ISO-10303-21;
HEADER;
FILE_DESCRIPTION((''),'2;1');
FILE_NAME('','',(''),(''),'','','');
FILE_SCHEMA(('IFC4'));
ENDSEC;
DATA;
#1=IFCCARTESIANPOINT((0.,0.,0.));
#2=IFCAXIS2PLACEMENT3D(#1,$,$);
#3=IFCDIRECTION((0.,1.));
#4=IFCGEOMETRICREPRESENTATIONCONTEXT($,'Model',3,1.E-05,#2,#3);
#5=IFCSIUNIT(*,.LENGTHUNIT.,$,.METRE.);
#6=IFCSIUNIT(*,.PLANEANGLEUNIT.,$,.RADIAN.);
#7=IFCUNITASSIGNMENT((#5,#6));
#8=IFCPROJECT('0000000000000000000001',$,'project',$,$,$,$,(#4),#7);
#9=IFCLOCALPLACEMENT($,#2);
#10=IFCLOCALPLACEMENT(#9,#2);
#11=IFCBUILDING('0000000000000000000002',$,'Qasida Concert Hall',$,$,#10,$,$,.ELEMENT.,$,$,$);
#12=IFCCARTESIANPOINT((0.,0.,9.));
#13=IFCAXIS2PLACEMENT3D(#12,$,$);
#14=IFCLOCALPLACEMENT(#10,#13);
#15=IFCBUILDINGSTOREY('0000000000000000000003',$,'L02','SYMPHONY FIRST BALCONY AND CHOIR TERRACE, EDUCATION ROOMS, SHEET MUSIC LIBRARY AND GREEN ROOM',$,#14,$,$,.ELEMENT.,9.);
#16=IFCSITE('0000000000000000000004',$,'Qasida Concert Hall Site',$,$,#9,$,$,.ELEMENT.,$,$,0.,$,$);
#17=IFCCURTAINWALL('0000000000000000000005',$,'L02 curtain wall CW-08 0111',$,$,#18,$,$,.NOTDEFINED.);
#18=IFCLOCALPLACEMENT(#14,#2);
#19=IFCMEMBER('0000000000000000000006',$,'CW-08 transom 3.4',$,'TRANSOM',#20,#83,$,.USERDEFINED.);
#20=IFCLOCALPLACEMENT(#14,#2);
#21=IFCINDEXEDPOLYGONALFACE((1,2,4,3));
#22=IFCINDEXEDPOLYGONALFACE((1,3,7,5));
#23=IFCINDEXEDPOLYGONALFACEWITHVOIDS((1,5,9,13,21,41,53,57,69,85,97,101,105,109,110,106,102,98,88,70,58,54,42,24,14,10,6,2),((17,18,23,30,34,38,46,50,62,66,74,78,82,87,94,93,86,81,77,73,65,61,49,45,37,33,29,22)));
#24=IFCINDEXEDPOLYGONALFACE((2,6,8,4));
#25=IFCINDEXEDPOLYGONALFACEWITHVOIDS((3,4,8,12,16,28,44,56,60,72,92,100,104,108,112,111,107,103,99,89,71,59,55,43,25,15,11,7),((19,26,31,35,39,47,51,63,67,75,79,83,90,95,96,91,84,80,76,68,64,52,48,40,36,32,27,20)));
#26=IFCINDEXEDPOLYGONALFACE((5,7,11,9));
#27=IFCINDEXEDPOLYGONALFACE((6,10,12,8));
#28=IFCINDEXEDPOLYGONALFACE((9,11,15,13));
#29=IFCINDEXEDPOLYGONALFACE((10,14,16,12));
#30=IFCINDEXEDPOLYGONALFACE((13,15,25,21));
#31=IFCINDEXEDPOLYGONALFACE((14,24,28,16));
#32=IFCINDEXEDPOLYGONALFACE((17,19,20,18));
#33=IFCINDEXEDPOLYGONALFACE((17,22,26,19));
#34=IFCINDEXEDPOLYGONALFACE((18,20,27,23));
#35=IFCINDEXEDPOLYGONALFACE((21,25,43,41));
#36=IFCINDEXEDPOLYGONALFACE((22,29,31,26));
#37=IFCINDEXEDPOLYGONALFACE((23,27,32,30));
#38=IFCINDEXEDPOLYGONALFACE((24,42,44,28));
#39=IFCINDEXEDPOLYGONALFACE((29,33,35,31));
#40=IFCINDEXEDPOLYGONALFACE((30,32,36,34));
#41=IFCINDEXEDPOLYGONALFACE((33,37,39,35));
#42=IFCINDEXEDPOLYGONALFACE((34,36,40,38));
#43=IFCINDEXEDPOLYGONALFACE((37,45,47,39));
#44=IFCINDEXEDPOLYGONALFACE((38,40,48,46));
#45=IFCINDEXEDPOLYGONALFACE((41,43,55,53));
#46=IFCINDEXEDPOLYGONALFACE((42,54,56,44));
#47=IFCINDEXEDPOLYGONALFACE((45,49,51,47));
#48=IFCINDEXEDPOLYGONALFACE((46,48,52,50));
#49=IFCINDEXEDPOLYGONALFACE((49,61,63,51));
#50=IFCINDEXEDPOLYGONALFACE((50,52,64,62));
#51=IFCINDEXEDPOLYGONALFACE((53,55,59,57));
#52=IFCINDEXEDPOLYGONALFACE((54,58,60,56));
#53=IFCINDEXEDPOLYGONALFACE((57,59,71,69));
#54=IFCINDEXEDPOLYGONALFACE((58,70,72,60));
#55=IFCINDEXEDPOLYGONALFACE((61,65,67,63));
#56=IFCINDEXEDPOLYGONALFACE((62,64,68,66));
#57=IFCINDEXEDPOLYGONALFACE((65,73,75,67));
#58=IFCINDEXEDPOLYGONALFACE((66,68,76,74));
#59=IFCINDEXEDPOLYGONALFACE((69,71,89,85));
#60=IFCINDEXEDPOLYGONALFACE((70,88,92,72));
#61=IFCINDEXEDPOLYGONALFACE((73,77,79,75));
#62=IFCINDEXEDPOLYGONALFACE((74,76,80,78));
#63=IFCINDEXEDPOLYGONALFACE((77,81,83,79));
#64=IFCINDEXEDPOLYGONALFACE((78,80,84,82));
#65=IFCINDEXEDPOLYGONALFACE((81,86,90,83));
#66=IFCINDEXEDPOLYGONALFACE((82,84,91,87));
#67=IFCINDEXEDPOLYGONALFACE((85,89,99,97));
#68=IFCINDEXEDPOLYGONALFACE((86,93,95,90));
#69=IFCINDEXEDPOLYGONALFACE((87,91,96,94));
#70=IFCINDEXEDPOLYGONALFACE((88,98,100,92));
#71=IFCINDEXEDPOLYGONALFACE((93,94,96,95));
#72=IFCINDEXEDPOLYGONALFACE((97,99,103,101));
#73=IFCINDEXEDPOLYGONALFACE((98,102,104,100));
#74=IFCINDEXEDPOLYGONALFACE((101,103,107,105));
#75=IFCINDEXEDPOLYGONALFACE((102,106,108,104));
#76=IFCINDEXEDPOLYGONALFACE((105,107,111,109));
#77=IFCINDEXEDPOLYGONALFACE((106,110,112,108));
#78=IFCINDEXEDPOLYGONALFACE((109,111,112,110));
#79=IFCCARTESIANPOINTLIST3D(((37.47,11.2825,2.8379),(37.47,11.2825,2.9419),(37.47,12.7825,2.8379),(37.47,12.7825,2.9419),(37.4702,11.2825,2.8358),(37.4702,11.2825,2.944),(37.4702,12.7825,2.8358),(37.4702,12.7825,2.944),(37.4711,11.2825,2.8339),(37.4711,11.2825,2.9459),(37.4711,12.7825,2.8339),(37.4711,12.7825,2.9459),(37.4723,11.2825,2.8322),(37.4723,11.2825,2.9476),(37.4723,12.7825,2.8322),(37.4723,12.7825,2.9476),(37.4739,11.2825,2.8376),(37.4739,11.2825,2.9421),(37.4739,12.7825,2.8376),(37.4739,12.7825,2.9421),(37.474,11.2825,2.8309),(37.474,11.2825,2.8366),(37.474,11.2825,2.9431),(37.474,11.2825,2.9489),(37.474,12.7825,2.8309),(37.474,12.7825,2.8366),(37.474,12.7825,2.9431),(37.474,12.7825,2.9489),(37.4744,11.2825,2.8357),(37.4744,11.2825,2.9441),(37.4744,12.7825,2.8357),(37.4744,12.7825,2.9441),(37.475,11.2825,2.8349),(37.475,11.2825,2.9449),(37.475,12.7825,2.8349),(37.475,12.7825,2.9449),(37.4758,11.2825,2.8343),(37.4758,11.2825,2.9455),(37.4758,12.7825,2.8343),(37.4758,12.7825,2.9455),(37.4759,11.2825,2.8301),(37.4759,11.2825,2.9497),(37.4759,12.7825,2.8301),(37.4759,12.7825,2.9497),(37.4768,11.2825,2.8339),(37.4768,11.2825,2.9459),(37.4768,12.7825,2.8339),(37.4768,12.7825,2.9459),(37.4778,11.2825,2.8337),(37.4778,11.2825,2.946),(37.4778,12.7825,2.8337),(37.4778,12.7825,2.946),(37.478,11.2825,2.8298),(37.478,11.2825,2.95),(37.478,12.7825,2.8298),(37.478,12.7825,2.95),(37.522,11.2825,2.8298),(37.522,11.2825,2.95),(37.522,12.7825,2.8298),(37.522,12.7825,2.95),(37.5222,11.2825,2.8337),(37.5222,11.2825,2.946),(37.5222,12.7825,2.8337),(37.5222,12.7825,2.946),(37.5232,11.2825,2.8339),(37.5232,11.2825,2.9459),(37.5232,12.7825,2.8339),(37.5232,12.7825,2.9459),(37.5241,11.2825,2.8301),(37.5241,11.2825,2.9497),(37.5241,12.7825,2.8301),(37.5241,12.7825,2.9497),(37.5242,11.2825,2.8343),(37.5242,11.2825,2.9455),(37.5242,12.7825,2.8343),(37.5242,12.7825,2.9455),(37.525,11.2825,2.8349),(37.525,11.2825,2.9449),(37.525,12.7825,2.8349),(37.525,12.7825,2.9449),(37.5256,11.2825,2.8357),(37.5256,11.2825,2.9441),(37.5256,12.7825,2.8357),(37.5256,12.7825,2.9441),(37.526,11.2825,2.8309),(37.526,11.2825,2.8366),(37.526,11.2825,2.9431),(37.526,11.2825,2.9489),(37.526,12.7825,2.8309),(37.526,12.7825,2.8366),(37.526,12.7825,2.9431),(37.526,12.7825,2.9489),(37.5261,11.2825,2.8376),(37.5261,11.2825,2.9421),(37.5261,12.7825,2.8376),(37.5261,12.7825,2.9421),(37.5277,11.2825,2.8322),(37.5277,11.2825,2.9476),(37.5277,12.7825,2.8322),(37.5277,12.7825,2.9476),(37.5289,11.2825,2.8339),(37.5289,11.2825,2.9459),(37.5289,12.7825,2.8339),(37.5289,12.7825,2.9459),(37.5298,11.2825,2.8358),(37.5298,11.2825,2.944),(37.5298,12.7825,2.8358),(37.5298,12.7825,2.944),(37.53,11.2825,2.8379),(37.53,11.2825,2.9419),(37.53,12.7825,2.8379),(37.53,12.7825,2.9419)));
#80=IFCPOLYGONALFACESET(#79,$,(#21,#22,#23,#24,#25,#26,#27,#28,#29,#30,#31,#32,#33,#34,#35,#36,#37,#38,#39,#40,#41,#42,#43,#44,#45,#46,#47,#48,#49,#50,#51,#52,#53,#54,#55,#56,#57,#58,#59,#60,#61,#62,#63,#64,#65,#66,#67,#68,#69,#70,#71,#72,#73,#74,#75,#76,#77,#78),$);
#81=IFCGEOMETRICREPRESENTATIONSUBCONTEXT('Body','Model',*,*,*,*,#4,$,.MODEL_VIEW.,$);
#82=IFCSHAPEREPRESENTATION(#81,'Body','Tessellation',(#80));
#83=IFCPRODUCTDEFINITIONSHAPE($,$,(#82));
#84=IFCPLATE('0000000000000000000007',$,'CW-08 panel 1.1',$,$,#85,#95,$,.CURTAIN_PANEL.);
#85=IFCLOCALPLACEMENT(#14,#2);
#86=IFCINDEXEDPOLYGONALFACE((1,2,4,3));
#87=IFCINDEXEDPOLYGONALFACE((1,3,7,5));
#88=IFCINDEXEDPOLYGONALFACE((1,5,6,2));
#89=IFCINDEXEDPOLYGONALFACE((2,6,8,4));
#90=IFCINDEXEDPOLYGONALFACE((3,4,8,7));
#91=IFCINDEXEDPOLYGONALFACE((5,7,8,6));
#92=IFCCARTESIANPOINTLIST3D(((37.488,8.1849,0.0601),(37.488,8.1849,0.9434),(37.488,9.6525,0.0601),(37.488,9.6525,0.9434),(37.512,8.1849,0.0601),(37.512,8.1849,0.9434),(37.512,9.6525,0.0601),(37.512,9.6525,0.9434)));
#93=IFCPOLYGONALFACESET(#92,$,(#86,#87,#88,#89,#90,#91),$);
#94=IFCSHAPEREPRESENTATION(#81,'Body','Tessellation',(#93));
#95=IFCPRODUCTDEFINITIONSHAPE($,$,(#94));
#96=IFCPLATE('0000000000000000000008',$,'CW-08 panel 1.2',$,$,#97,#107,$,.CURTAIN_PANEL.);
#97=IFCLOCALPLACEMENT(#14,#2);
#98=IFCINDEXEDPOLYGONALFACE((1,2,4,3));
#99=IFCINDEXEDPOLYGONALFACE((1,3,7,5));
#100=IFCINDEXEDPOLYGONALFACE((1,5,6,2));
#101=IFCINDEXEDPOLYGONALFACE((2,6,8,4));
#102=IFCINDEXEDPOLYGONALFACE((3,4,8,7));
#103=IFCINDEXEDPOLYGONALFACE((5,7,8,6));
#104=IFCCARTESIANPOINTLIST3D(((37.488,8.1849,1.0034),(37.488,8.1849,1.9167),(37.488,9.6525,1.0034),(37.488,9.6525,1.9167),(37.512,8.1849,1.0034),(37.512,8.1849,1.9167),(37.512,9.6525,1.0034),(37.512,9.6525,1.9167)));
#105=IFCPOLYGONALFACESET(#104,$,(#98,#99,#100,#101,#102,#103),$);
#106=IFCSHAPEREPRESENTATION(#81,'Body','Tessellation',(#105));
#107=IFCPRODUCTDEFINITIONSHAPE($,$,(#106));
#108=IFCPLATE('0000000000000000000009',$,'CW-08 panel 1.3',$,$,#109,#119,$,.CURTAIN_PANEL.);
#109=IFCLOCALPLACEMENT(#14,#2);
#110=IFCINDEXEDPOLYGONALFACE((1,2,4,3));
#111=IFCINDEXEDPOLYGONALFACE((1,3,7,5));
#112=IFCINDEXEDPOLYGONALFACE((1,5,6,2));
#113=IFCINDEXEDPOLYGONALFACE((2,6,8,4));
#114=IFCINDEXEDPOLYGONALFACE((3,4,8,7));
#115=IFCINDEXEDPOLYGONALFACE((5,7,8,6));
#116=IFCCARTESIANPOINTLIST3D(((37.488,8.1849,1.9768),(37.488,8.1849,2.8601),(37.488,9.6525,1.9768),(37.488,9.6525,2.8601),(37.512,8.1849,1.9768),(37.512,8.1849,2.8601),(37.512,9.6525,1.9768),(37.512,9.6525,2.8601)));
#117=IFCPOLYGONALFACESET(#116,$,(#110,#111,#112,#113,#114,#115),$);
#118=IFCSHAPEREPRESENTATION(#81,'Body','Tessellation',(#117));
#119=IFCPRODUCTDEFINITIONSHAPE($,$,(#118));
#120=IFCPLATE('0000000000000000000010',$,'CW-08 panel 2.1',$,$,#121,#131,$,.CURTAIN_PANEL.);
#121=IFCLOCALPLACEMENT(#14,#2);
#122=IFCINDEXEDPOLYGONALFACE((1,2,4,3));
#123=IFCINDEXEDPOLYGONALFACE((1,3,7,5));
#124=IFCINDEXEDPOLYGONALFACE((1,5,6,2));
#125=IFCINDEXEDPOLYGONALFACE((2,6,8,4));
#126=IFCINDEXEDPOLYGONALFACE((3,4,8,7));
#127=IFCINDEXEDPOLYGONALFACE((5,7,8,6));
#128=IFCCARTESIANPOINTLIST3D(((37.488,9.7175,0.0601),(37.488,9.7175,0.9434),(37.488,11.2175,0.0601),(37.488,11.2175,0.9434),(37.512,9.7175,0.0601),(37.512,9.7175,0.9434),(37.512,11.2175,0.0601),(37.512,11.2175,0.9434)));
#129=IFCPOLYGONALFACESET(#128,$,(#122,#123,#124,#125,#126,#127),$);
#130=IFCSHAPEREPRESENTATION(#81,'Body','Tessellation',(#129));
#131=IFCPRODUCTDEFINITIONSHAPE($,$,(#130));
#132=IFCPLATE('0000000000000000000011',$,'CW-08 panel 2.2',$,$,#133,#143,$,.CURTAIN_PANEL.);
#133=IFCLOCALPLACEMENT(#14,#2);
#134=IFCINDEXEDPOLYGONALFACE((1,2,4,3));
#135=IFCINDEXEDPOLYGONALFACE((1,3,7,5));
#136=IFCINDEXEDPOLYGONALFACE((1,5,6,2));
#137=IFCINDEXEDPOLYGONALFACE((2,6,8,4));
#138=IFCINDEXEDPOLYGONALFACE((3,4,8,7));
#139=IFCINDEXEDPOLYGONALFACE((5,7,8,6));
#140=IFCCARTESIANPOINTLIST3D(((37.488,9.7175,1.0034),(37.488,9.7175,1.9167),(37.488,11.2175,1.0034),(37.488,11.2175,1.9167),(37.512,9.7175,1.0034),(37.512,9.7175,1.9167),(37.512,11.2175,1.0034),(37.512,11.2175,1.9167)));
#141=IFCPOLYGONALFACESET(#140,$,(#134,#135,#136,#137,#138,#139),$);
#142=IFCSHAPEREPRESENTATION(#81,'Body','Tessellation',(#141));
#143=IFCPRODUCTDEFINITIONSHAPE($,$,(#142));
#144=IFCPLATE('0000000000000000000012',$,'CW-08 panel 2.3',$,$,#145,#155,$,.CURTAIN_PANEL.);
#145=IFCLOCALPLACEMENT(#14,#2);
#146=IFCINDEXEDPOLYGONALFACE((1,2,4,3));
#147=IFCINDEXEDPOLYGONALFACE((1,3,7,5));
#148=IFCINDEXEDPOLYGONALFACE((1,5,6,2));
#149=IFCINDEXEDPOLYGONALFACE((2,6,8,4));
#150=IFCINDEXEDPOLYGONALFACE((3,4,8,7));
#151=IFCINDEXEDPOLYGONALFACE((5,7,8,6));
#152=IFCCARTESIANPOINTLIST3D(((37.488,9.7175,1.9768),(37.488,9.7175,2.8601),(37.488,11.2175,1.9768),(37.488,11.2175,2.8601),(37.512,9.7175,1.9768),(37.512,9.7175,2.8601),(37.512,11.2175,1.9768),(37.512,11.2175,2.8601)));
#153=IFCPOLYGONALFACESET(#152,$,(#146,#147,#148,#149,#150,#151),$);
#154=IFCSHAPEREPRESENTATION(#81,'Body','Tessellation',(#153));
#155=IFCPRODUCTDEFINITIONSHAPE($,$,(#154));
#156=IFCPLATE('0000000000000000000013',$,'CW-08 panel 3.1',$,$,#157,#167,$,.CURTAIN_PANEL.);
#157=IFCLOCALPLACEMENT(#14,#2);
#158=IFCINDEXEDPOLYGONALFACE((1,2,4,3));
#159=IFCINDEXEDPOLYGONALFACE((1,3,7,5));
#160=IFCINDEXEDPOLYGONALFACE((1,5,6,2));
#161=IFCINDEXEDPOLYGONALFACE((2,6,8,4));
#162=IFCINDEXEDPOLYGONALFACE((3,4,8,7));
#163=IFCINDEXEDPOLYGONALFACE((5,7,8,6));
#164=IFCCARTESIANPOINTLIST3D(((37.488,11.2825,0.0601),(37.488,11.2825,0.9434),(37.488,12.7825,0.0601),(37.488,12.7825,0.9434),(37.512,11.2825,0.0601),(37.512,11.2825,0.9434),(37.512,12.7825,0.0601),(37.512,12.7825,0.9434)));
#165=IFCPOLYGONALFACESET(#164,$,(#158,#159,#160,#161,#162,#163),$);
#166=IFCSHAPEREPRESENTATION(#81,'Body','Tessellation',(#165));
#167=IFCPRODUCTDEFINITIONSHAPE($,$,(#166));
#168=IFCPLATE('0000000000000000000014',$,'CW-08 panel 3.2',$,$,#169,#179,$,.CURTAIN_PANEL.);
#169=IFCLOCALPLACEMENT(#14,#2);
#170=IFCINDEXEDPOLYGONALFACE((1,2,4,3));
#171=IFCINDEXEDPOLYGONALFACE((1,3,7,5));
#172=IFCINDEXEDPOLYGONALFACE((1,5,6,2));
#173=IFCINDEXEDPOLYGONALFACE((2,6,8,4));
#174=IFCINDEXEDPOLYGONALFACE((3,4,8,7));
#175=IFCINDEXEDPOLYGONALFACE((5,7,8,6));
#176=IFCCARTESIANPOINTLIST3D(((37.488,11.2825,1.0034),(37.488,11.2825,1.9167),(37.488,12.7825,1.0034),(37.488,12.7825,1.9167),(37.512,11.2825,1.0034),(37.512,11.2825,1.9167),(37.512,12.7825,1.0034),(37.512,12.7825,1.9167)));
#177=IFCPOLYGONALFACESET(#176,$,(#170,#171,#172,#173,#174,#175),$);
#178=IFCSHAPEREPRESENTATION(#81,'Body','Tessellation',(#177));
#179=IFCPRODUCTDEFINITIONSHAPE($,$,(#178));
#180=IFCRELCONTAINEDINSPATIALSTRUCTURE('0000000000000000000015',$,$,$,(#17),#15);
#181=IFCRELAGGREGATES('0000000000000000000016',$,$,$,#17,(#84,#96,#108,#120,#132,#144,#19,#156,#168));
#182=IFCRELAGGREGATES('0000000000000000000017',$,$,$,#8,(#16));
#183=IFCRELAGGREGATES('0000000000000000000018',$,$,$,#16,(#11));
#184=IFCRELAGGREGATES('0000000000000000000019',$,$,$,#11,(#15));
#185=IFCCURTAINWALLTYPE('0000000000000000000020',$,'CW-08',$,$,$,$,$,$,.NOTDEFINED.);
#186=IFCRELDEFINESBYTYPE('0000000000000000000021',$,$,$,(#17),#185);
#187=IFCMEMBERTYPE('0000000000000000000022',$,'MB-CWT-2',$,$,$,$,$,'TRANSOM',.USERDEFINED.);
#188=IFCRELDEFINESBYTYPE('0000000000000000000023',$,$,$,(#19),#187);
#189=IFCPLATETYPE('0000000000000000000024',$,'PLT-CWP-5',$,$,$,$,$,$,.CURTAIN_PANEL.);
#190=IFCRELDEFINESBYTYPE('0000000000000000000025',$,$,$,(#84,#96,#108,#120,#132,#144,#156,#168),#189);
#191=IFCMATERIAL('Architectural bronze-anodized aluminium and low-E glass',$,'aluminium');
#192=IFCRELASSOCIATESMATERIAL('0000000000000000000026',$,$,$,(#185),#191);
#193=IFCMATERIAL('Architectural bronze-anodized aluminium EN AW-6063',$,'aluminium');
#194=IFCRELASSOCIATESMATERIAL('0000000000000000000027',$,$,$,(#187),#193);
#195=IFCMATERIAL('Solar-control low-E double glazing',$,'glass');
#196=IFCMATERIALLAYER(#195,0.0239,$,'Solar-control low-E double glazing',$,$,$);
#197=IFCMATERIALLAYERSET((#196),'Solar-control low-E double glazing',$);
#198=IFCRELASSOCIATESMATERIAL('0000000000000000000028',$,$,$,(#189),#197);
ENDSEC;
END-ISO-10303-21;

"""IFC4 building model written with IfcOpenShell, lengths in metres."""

from ifc_helpers import new_model, si_unit, direction, frame, origin, origin_2d, place, context, subcontext, project, spatial, rectangle, hollow_rectangle, extrude, material, layer, layer_set, material_profile, profile_set, type_object, element, aggregate, save


model = new_model("IFC4")

# Units and contexts
model_context = context("Model", 3, precision=1e-05, world=origin(), true_north=direction((0.0, 1.0)))
body_context = subcontext(model_context, "Body", "Model", "MODEL_VIEW")
ifc_project = project(units=[si_unit("LENGTHUNIT", "METRE"), si_unit("PLANEANGLEUNIT", "RADIAN")], contexts=[model_context])

# Site, building, storey
site_placement = place(None, origin())
site = spatial("IfcSite", under=ifc_project, at=site_placement, Name="Qasida Concert Hall Site", CompositionType="ELEMENT", RefElevation=0.0)
building_placement = place(site_placement, origin())
building = spatial("IfcBuilding", under=site, at=building_placement, Name="Qasida Concert Hall", CompositionType="ELEMENT")
storey_placement = place(building_placement, frame((0.0, 0.0, 9.0)))
storey = spatial("IfcBuildingStorey", under=building, at=storey_placement, Name="L02", Description="SYMPHONY FIRST BALCONY AND CHOIR TERRACE, EDUCATION ROOMS, SHEET MUSIC LIBRARY AND GREEN ROOM", CompositionType="ELEMENT", Elevation=9.0)

# Curtain wall, member, plates
ifc_material_1 = material(Name="Architectural bronze-anodized aluminium and low-E glass", Category="aluminium")
curtain_wall_type = type_object("IfcCurtainWallType", Name="CW-08", PredefinedType="NOTDEFINED", material=ifc_material_1)
curtain_wall_placement = place(storey_placement, origin())
curtain_wall = element("IfcCurtainWall", 1, at=curtain_wall_placement, inside=storey, type_object=curtain_wall_type, Name="L02 curtain wall CW-08 0111", PredefinedType="NOTDEFINED")
ifc_material_2 = material(Name="Architectural bronze-anodized aluminium EN AW-6063", Category="aluminium")
ifc_material_profile_1 = material_profile(ifc_material_2, hollow_rectangle(XDim=0.0601, YDim=0.1201, WallThickness=0.0039, InnerFilletRadius=0.0039, OuterFilletRadius=0.0081, at=origin_2d()), Name="CWT 120x60x4")
ifc_profile_set_1 = profile_set([ifc_material_profile_1], Name="Architectural bronze-anodized aluminium EN AW-6063")
member_type_1 = type_object("IfcMemberType", Name="MB-CWT-2", ElementType="TRANSOM", PredefinedType="USERDEFINED", material=ifc_profile_set_1)
member_1_placement = place(storey_placement, frame((37.5, 11.2825, 2.8899), z_axis=(0.0, 1.0, 0.0), x_axis=(-1.0, 0.0, 0.0)))
member_1 = element("IfcMember", 2, at=member_1_placement, type_object=member_type_1, Name="CW-08 transom 3.4", ObjectType="TRANSOM", PredefinedType="USERDEFINED", context=body_context, shape_type="SweptSolid", body=[
    extrude(hollow_rectangle(XDim=0.0601, YDim=0.1201, WallThickness=0.0039, InnerFilletRadius=0.0039, OuterFilletRadius=0.0081, at=origin_2d()), origin(), (0.0, 0.0, 1.0), 1.5),
])
ifc_material_3 = material(Name="Solar-control low-E double glazing", Category="glass")
ifc_layer = layer(ifc_material_3, 0.0239, Name="Solar-control low-E double glazing")
ifc_layer_set = layer_set([ifc_layer], Name="Solar-control low-E double glazing")
plate_type = type_object("IfcPlateType", Name="PLT-CWP-5", PredefinedType="CURTAIN_PANEL", material=ifc_layer_set)
plate_1_placement = place(storey_placement, frame((37.5, 8.9187, 0.0601), z_axis=(0.0, 0.0, 1.0), x_axis=(0.0, 1.0, 0.0)))
plate_1 = element("IfcPlate", 3, at=plate_1_placement, type_object=plate_type, Name="CW-08 panel 1.1", PredefinedType="CURTAIN_PANEL", context=body_context, shape_type="SweptSolid", body=[
    extrude(rectangle(XDim=1.4675, YDim=0.0239, at=origin_2d()), origin(), (0.0, 0.0, 1.0), 0.8833),
])
plate_2_placement = place(storey_placement, frame((37.5, 8.9187, 1.0034), z_axis=(0.0, 0.0, 1.0), x_axis=(0.0, 1.0, 0.0)))
plate_2 = element("IfcPlate", 4, at=plate_2_placement, type_object=plate_type, Name="CW-08 panel 1.2", PredefinedType="CURTAIN_PANEL", context=body_context, shape_type="SweptSolid", body=[
    extrude(rectangle(XDim=1.4675, YDim=0.0239, at=origin_2d()), origin(), (0.0, 0.0, 1.0), 0.9133),
])
plate_3_placement = place(storey_placement, frame((37.5, 8.9187, 1.9768), z_axis=(0.0, 0.0, 1.0), x_axis=(0.0, 1.0, 0.0)))
plate_3 = element("IfcPlate", 5, at=plate_3_placement, type_object=plate_type, Name="CW-08 panel 1.3", PredefinedType="CURTAIN_PANEL", context=body_context, shape_type="SweptSolid", body=[
    extrude(rectangle(XDim=1.4675, YDim=0.0239, at=origin_2d()), origin(), (0.0, 0.0, 1.0), 0.8833),
])
plate_4_placement = place(storey_placement, frame((37.5, 10.4675, 0.0601), z_axis=(0.0, 0.0, 1.0), x_axis=(0.0, 1.0, 0.0)))
plate_4 = element("IfcPlate", 6, at=plate_4_placement, type_object=plate_type, Name="CW-08 panel 2.1", PredefinedType="CURTAIN_PANEL", context=body_context, shape_type="SweptSolid", body=[
    extrude(rectangle(XDim=1.5, YDim=0.0239, at=origin_2d()), origin(), (0.0, 0.0, 1.0), 0.8833),
])
plate_5_placement = place(storey_placement, frame((37.5, 10.4675, 1.0034), z_axis=(0.0, 0.0, 1.0), x_axis=(0.0, 1.0, 0.0)))
plate_5 = element("IfcPlate", 7, at=plate_5_placement, type_object=plate_type, Name="CW-08 panel 2.2", PredefinedType="CURTAIN_PANEL", context=body_context, shape_type="SweptSolid", body=[
    extrude(rectangle(XDim=1.5, YDim=0.0239, at=origin_2d()), origin(), (0.0, 0.0, 1.0), 0.9133),
])
plate_6_placement = place(storey_placement, frame((37.5, 10.4675, 1.9768), z_axis=(0.0, 0.0, 1.0), x_axis=(0.0, 1.0, 0.0)))
plate_6 = element("IfcPlate", 8, at=plate_6_placement, type_object=plate_type, Name="CW-08 panel 2.3", PredefinedType="CURTAIN_PANEL", context=body_context, shape_type="SweptSolid", body=[
    extrude(rectangle(XDim=1.5, YDim=0.0239, at=origin_2d()), origin(), (0.0, 0.0, 1.0), 0.8833),
])
plate_7_placement = place(storey_placement, frame((37.5, 12.0325, 0.0601), z_axis=(0.0, 0.0, 1.0), x_axis=(0.0, 1.0, 0.0)))
plate_7 = element("IfcPlate", 9, at=plate_7_placement, type_object=plate_type, Name="CW-08 panel 3.1", PredefinedType="CURTAIN_PANEL", context=body_context, shape_type="SweptSolid", body=[
    extrude(rectangle(XDim=1.5, YDim=0.0239, at=origin_2d()), origin(), (0.0, 0.0, 1.0), 0.8833),
])
plate_8_placement = place(storey_placement, frame((37.5, 12.0325, 1.0034), z_axis=(0.0, 0.0, 1.0), x_axis=(0.0, 1.0, 0.0)))
plate_8 = element("IfcPlate", 10, at=plate_8_placement, type_object=plate_type, Name="CW-08 panel 3.2", PredefinedType="CURTAIN_PANEL", context=body_context, shape_type="SweptSolid", body=[
    extrude(rectangle(XDim=1.5, YDim=0.0239, at=origin_2d()), origin(), (0.0, 0.0, 1.0), 0.9133),
])
aggregate(curtain_wall, [plate_1, plate_2, plate_3, plate_4, plate_5, plate_6, member_1, plate_7, plate_8])

save(model, "model.ifc")
